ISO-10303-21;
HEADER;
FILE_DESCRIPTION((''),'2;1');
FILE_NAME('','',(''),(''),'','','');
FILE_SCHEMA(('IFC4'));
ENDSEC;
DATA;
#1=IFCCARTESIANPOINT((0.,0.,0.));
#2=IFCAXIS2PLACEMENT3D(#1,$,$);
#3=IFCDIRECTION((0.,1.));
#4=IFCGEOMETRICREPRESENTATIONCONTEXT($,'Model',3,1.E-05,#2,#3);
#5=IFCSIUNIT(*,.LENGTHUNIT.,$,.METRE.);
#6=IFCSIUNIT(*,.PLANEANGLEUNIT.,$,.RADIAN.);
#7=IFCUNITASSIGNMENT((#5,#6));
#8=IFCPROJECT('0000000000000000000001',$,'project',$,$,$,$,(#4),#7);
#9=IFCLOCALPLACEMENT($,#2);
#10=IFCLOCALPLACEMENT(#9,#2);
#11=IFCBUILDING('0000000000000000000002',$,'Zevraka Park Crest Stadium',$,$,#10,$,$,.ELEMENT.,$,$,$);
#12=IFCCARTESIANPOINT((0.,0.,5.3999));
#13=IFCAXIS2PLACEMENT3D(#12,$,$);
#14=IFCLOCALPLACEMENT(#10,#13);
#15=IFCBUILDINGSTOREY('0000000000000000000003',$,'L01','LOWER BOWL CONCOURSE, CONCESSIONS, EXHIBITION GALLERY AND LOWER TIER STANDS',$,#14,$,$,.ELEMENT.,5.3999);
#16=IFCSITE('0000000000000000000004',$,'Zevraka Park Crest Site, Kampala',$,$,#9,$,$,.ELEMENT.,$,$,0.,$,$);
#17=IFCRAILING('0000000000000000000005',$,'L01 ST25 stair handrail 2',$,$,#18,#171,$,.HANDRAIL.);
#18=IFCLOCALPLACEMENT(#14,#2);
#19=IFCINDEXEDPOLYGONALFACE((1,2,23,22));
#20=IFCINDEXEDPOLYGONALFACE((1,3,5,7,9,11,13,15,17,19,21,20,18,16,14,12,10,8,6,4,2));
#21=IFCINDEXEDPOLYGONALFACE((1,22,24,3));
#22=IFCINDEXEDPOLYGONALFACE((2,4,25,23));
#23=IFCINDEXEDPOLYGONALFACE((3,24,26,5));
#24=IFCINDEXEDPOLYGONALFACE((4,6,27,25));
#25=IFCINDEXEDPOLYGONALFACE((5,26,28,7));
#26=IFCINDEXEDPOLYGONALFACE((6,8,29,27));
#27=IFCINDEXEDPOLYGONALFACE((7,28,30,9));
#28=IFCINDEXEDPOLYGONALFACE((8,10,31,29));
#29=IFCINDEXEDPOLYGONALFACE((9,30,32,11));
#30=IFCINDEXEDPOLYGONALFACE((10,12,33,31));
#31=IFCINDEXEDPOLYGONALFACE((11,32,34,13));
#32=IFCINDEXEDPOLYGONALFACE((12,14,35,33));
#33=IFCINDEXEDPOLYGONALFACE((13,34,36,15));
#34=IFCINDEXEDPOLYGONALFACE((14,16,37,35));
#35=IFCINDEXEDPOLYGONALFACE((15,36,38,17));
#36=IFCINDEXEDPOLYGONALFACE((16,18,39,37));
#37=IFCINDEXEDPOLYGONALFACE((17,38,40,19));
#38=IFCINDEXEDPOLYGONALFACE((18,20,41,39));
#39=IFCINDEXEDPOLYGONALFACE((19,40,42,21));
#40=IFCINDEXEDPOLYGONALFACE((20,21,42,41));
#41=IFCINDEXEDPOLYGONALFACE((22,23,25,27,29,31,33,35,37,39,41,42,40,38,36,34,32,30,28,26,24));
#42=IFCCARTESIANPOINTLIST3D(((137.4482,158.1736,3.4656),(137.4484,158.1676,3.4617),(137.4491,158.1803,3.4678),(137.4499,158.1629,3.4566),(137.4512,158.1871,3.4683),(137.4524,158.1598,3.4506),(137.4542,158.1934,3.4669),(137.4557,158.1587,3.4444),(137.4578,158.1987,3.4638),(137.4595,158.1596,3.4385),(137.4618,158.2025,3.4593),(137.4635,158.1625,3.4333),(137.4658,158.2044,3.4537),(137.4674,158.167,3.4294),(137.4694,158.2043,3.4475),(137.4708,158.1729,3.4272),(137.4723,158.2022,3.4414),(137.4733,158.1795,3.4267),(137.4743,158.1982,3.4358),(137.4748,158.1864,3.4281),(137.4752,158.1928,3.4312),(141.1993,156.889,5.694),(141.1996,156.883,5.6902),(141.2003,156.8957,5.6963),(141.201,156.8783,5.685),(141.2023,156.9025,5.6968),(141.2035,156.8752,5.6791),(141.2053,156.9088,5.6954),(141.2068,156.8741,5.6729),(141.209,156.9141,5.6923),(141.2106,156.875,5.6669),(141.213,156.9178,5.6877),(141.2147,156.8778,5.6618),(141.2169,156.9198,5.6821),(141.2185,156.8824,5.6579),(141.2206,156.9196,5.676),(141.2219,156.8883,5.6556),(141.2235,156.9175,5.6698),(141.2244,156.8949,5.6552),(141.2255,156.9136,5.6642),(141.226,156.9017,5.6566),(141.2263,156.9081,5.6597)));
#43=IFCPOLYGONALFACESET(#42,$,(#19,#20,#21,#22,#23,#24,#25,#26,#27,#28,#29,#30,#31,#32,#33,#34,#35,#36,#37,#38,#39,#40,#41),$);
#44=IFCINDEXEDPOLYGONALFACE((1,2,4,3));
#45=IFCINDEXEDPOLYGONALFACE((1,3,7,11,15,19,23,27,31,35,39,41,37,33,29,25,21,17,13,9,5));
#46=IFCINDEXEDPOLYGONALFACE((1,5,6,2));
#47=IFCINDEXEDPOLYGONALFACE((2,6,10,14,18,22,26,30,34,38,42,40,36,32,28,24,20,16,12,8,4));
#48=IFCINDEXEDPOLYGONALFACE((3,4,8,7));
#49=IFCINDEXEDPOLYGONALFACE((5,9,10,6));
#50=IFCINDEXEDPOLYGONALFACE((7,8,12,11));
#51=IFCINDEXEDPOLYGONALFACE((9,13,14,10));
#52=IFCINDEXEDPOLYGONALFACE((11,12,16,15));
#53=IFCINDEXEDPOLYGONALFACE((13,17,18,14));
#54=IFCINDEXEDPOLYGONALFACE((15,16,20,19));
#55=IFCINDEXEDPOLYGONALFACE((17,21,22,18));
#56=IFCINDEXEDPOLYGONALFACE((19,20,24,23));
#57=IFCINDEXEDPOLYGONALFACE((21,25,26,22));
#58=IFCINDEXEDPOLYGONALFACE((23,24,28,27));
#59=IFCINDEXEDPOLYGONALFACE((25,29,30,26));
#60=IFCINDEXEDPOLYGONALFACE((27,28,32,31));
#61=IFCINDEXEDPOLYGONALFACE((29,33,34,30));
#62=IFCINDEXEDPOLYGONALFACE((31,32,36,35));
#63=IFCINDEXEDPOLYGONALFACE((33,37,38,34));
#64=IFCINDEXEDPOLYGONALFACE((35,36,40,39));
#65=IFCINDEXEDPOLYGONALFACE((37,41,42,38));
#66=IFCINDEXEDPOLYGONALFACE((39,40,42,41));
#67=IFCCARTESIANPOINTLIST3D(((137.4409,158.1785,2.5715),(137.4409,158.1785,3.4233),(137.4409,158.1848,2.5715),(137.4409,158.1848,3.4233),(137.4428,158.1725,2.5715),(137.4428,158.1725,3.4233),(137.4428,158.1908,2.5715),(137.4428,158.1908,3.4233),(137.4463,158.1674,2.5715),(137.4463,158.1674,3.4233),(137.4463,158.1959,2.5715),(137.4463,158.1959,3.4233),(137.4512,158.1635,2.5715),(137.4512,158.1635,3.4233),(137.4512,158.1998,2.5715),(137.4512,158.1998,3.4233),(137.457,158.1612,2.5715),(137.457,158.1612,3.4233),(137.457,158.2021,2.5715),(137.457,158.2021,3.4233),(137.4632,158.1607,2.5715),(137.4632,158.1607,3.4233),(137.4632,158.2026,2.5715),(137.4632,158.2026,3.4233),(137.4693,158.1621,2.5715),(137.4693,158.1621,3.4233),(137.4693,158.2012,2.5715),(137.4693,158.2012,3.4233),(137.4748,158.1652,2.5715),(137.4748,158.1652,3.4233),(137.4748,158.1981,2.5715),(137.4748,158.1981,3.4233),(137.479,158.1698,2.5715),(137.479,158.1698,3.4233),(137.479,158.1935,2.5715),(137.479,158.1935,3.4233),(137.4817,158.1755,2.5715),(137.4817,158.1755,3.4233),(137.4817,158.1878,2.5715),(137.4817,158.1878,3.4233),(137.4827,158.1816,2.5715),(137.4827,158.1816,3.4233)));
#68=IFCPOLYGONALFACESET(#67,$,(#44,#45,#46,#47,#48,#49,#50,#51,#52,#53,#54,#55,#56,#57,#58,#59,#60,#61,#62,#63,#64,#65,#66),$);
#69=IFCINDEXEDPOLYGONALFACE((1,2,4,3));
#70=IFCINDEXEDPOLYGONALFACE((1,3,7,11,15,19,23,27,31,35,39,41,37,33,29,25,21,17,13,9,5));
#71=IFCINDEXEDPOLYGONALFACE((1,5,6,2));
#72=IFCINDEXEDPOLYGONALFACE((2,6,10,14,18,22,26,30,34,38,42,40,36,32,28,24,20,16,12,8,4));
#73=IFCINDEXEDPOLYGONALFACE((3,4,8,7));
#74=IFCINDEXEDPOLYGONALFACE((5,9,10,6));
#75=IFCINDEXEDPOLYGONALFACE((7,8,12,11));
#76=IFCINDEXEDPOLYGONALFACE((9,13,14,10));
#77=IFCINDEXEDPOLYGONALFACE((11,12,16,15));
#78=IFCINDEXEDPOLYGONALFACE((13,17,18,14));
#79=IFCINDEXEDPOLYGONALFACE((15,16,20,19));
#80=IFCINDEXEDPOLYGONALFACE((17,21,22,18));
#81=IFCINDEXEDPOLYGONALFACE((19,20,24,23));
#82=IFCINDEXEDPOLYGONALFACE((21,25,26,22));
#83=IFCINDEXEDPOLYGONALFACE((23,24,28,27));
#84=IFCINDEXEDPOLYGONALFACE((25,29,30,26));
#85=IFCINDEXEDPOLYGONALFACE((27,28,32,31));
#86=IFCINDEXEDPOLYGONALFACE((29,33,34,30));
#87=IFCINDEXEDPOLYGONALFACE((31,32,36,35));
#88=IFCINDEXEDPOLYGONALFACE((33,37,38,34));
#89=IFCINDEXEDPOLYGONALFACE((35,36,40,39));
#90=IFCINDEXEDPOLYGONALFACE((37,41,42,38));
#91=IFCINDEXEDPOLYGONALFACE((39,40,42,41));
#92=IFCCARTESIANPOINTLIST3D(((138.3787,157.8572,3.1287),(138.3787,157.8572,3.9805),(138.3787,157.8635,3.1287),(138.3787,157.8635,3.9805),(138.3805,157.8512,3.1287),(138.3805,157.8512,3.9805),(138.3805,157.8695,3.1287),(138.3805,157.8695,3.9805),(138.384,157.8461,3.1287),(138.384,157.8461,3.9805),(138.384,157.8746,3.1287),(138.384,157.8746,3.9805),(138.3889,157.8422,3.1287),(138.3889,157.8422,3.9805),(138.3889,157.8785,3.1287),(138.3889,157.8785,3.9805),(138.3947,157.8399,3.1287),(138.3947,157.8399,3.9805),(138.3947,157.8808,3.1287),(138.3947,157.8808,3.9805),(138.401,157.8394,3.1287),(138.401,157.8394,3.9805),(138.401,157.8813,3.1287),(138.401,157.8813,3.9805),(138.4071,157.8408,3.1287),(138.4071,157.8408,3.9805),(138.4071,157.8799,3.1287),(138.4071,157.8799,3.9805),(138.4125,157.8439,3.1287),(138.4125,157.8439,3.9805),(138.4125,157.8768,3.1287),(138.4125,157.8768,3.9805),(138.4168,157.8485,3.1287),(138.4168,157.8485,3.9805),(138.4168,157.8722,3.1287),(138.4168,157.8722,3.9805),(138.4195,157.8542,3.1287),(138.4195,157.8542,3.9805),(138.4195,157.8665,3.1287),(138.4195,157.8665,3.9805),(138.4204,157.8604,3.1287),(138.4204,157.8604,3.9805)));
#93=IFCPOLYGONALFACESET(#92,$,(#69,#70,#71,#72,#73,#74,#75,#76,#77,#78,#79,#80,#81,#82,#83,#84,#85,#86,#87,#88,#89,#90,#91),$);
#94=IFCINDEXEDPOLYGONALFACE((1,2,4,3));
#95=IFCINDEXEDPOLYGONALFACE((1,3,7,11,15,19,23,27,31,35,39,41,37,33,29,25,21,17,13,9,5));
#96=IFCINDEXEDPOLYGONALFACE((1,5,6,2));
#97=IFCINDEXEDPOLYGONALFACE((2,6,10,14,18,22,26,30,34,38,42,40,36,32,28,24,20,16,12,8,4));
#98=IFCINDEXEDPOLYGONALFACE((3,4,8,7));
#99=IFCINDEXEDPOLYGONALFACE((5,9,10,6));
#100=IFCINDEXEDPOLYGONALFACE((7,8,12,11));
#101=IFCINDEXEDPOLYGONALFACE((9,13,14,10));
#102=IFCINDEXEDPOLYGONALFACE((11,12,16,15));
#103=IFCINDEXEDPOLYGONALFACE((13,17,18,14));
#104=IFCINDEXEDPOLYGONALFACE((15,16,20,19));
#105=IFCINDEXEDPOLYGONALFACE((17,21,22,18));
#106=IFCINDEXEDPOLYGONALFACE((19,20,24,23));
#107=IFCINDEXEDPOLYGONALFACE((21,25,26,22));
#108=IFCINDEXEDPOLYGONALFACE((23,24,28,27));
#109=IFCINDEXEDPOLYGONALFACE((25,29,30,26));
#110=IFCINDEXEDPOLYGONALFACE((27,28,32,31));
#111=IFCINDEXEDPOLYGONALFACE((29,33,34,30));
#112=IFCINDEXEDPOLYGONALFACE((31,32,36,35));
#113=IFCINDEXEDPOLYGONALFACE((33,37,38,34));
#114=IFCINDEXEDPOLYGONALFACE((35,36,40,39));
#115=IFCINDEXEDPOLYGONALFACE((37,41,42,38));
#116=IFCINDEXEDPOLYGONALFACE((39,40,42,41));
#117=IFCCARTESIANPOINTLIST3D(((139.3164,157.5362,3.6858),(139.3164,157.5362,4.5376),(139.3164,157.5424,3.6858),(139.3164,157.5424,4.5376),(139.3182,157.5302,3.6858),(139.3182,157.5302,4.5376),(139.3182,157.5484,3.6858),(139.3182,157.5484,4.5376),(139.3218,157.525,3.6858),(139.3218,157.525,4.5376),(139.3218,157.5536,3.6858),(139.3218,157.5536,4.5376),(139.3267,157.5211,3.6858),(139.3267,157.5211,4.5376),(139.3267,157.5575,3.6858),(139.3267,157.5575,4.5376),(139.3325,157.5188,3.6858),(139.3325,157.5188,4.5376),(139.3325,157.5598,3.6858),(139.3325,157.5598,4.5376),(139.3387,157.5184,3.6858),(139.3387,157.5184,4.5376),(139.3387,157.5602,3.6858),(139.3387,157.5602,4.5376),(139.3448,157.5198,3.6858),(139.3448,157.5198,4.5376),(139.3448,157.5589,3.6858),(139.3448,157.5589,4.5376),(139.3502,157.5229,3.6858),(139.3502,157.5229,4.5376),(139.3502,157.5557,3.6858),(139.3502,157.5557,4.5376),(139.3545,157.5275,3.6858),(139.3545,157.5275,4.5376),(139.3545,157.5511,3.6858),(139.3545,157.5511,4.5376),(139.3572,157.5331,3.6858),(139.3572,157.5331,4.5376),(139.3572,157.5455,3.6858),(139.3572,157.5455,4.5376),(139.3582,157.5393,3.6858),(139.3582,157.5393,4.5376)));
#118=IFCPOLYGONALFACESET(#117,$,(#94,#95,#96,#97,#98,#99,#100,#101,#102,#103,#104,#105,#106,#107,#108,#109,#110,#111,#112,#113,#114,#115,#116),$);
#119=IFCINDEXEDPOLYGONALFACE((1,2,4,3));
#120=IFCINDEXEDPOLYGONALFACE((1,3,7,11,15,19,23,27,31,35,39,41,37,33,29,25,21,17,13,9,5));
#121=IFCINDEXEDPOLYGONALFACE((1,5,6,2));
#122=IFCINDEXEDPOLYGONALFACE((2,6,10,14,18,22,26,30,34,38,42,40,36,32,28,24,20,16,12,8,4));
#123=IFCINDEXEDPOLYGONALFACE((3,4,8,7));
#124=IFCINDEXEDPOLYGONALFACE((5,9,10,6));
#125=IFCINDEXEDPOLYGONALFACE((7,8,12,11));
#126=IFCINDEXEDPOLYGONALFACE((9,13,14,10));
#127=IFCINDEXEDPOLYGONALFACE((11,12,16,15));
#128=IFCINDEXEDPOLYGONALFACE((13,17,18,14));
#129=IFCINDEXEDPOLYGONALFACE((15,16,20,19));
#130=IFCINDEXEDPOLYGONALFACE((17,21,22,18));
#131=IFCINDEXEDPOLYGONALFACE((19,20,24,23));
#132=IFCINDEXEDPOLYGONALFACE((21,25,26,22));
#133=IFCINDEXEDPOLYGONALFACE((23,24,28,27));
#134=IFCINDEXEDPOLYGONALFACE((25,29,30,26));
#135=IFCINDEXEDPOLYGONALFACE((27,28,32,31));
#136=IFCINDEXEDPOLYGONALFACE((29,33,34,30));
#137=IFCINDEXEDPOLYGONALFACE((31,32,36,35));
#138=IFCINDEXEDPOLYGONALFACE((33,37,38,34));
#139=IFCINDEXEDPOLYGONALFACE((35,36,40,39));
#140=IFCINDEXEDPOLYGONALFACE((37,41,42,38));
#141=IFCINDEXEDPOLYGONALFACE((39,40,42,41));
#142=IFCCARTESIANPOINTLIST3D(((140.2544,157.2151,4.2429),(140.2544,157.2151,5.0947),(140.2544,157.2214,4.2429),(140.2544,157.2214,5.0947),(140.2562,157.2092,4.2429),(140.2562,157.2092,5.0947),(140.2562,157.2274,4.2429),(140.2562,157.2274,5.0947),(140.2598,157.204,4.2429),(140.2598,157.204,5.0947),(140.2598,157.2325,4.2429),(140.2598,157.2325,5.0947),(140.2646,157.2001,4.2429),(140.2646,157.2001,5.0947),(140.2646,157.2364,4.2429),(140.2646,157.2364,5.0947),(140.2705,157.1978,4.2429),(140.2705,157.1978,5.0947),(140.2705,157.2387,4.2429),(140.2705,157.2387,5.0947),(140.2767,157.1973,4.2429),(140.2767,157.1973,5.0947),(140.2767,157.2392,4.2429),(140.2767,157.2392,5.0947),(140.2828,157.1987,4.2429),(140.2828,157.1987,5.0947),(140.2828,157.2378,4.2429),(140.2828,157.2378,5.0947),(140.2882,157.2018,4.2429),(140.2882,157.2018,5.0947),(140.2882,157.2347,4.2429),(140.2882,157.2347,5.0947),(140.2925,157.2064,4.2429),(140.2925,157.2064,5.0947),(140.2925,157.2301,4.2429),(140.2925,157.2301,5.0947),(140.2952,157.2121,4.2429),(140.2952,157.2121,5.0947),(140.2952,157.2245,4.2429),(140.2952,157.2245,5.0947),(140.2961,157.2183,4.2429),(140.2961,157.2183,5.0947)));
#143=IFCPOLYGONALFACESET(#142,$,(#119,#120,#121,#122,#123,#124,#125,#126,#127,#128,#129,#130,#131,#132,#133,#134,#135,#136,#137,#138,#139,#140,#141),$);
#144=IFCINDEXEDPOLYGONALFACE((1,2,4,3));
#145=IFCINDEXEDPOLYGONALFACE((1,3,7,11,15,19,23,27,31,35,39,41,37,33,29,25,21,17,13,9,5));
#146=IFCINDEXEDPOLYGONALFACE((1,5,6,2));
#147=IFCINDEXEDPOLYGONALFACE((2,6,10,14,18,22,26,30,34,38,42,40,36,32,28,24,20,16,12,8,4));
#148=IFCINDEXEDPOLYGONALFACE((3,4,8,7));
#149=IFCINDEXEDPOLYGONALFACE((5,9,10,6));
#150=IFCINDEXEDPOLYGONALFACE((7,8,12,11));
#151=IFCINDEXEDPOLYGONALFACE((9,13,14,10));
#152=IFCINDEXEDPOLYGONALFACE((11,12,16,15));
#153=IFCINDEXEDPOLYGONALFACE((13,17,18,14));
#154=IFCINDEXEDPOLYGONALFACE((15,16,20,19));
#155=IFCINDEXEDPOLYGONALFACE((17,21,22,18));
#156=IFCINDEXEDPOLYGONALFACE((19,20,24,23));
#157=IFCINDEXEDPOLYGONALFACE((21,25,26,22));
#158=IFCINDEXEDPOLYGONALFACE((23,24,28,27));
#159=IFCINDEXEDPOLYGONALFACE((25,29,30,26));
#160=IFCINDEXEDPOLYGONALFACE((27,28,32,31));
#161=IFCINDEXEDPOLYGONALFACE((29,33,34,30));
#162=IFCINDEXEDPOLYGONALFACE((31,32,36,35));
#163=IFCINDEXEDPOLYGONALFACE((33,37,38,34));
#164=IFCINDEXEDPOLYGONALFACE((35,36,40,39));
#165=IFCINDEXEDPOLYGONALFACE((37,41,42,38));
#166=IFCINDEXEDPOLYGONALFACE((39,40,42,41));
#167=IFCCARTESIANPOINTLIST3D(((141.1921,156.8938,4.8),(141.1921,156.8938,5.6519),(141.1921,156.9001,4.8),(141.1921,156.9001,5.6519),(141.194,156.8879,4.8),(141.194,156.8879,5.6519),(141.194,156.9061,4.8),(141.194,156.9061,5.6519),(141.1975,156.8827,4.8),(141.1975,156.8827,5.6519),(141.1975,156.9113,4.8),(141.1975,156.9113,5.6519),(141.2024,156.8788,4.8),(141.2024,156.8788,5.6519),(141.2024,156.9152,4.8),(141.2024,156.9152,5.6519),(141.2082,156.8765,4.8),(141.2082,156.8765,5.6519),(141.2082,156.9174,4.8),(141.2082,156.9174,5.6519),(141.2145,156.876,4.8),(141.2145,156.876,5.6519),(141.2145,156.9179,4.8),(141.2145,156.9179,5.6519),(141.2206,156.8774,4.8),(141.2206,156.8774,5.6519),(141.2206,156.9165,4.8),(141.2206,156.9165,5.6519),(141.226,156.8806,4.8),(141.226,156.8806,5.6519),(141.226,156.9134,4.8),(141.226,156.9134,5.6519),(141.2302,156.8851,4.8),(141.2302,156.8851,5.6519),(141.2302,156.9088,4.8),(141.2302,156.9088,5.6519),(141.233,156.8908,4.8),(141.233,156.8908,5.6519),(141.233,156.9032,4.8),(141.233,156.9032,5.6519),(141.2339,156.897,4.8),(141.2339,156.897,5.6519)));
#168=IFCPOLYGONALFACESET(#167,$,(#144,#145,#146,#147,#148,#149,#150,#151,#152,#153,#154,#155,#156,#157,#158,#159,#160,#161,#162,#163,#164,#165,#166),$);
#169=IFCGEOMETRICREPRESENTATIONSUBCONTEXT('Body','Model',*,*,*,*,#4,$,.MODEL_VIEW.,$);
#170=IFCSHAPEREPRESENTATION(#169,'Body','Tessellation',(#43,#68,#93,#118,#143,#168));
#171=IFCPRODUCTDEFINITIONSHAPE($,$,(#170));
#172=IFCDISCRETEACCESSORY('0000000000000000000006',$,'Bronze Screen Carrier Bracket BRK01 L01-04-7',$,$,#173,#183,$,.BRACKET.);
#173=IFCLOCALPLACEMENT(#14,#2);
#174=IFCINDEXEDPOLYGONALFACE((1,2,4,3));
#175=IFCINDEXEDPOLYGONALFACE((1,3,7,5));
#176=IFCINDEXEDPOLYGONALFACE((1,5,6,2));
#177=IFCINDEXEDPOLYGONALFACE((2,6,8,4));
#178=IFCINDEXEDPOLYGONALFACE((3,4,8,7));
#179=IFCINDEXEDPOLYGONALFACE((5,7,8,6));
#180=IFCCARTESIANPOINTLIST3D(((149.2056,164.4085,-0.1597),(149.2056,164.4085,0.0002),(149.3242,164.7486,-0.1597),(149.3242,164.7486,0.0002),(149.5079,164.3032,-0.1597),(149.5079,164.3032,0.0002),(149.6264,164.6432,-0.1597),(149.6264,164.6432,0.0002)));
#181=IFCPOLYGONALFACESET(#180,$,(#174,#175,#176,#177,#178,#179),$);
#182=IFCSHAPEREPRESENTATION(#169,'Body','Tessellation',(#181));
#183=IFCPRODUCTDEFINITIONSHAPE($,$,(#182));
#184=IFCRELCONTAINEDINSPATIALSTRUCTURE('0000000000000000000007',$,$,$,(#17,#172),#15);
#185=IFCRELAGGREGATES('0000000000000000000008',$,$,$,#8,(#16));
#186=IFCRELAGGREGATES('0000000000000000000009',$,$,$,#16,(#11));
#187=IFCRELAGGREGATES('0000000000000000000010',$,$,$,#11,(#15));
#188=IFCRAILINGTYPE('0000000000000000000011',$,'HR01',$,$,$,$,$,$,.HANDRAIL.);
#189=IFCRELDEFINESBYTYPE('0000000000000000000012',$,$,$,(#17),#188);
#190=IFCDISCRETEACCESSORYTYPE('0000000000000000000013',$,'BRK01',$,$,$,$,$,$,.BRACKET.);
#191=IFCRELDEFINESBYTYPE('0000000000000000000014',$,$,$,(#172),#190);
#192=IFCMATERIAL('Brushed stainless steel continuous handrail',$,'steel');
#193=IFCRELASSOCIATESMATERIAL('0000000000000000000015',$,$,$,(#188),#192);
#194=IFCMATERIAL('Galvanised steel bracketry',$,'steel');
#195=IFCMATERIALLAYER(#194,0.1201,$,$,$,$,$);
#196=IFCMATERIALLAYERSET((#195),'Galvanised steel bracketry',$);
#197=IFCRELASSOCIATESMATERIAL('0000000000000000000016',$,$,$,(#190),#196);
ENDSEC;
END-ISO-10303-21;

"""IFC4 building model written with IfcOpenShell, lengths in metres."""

from ifc_helpers import new_model, si_unit, direction, frame, origin, origin_2d, place, context, subcontext, project, spatial, rectangle, circle, extrude, material, layer, layer_set, type_object, element, save


model = new_model("IFC4")

# Units and contexts
model_context = context("Model", 3, precision=1e-05, world=origin(), true_north=direction((0.0, 1.0)))
body_context = subcontext(model_context, "Body", "Model", "MODEL_VIEW")
ifc_project = project(units=[si_unit("LENGTHUNIT", "METRE"), si_unit("PLANEANGLEUNIT", "RADIAN")], contexts=[model_context])

# Site, building, storey
site_placement = place(None, origin())
site = spatial("IfcSite", under=ifc_project, at=site_placement, Name="Zevraka Park Crest Site, Kampala", CompositionType="ELEMENT", RefElevation=0.0)
building_placement = place(site_placement, origin())
building = spatial("IfcBuilding", under=site, at=building_placement, Name="Zevraka Park Crest Stadium", CompositionType="ELEMENT")
storey_placement = place(building_placement, frame((0.0, 0.0, 5.3999)))
storey = spatial("IfcBuildingStorey", under=building, at=storey_placement, Name="L01", Description="LOWER BOWL CONCOURSE, CONCESSIONS, EXHIBITION GALLERY AND LOWER TIER STANDS", CompositionType="ELEMENT", Elevation=5.3999)

# Railing
ifc_material_1 = material(Name="Brushed stainless steel continuous handrail", Category="steel")
railing_type_1 = type_object("IfcRailingType", Name="HR01", PredefinedType="HANDRAIL", material=ifc_material_1)
railing_1_placement = place(storey_placement, frame((137.4617, 158.1816, 2.5715)))
element("IfcRailing", 1, at=railing_1_placement, inside=storey, type_object=railing_type_1, Name="L01 ST25 stair handrail 2", PredefinedType="HANDRAIL", context=body_context, shape_type="SweptSolid", body=[
    extrude(circle(Radius=0.0239, at=origin_2d()), frame((0.0, 0.0, 0.876), z_axis=(0.824727, -0.282441, 0.489952), x_axis=(0.323994, 0.946059, 0.0)), (0.0, 0.0, 1.0), 4.5483),
    extrude(circle(Radius=0.021, at=origin_2d()), origin(), (0.0, 0.0, 1.0), 0.8518),
    extrude(circle(Radius=0.021, at=origin_2d()), frame((0.9377, -0.3213, 0.5571)), (0.0, 0.0, 1.0), 0.8518),
    extrude(circle(Radius=0.021, at=origin_2d()), frame((1.8755, -0.6423, 1.1143)), (0.0, 0.0, 1.0), 0.8518),
    extrude(circle(Radius=0.021, at=origin_2d()), frame((2.8135, -0.9634, 1.6714)), (0.0, 0.0, 1.0), 0.8518),
    extrude(circle(Radius=0.021, at=origin_2d()), frame((3.7512, -1.2847, 2.2285)), (0.0, 0.0, 1.0), 0.8518),
])

# Discrete accessory
ifc_material_2 = material(Name="Galvanised steel bracketry", Category="steel")
ifc_layer_1 = layer(ifc_material_2, 0.1201)
ifc_layer_set_1 = layer_set([ifc_layer_1], Name="Galvanised steel bracketry")
discrete_accessory_type = type_object("IfcDiscreteAccessoryType", Name="BRK01", PredefinedType="BRACKET", material=ifc_layer_set_1)
discrete_accessory_placement = place(storey_placement, frame((149.416, 164.5259, -0.1597), z_axis=(0.0, 0.0, 1.0), x_axis=(-0.944262, 0.329196, 0.0)))
element("IfcDiscreteAccessory", 2, at=discrete_accessory_placement, inside=storey, type_object=discrete_accessory_type, Name="Bronze Screen Carrier Bracket BRK01 L01-04-7", PredefinedType="BRACKET", context=body_context, shape_type="SweptSolid", body=[
    extrude(rectangle(XDim=0.3201, YDim=0.3601, at=origin_2d()), origin(), (0.0, 0.0, 1.0), 0.1599),
])

save(model, "model.ifc")
